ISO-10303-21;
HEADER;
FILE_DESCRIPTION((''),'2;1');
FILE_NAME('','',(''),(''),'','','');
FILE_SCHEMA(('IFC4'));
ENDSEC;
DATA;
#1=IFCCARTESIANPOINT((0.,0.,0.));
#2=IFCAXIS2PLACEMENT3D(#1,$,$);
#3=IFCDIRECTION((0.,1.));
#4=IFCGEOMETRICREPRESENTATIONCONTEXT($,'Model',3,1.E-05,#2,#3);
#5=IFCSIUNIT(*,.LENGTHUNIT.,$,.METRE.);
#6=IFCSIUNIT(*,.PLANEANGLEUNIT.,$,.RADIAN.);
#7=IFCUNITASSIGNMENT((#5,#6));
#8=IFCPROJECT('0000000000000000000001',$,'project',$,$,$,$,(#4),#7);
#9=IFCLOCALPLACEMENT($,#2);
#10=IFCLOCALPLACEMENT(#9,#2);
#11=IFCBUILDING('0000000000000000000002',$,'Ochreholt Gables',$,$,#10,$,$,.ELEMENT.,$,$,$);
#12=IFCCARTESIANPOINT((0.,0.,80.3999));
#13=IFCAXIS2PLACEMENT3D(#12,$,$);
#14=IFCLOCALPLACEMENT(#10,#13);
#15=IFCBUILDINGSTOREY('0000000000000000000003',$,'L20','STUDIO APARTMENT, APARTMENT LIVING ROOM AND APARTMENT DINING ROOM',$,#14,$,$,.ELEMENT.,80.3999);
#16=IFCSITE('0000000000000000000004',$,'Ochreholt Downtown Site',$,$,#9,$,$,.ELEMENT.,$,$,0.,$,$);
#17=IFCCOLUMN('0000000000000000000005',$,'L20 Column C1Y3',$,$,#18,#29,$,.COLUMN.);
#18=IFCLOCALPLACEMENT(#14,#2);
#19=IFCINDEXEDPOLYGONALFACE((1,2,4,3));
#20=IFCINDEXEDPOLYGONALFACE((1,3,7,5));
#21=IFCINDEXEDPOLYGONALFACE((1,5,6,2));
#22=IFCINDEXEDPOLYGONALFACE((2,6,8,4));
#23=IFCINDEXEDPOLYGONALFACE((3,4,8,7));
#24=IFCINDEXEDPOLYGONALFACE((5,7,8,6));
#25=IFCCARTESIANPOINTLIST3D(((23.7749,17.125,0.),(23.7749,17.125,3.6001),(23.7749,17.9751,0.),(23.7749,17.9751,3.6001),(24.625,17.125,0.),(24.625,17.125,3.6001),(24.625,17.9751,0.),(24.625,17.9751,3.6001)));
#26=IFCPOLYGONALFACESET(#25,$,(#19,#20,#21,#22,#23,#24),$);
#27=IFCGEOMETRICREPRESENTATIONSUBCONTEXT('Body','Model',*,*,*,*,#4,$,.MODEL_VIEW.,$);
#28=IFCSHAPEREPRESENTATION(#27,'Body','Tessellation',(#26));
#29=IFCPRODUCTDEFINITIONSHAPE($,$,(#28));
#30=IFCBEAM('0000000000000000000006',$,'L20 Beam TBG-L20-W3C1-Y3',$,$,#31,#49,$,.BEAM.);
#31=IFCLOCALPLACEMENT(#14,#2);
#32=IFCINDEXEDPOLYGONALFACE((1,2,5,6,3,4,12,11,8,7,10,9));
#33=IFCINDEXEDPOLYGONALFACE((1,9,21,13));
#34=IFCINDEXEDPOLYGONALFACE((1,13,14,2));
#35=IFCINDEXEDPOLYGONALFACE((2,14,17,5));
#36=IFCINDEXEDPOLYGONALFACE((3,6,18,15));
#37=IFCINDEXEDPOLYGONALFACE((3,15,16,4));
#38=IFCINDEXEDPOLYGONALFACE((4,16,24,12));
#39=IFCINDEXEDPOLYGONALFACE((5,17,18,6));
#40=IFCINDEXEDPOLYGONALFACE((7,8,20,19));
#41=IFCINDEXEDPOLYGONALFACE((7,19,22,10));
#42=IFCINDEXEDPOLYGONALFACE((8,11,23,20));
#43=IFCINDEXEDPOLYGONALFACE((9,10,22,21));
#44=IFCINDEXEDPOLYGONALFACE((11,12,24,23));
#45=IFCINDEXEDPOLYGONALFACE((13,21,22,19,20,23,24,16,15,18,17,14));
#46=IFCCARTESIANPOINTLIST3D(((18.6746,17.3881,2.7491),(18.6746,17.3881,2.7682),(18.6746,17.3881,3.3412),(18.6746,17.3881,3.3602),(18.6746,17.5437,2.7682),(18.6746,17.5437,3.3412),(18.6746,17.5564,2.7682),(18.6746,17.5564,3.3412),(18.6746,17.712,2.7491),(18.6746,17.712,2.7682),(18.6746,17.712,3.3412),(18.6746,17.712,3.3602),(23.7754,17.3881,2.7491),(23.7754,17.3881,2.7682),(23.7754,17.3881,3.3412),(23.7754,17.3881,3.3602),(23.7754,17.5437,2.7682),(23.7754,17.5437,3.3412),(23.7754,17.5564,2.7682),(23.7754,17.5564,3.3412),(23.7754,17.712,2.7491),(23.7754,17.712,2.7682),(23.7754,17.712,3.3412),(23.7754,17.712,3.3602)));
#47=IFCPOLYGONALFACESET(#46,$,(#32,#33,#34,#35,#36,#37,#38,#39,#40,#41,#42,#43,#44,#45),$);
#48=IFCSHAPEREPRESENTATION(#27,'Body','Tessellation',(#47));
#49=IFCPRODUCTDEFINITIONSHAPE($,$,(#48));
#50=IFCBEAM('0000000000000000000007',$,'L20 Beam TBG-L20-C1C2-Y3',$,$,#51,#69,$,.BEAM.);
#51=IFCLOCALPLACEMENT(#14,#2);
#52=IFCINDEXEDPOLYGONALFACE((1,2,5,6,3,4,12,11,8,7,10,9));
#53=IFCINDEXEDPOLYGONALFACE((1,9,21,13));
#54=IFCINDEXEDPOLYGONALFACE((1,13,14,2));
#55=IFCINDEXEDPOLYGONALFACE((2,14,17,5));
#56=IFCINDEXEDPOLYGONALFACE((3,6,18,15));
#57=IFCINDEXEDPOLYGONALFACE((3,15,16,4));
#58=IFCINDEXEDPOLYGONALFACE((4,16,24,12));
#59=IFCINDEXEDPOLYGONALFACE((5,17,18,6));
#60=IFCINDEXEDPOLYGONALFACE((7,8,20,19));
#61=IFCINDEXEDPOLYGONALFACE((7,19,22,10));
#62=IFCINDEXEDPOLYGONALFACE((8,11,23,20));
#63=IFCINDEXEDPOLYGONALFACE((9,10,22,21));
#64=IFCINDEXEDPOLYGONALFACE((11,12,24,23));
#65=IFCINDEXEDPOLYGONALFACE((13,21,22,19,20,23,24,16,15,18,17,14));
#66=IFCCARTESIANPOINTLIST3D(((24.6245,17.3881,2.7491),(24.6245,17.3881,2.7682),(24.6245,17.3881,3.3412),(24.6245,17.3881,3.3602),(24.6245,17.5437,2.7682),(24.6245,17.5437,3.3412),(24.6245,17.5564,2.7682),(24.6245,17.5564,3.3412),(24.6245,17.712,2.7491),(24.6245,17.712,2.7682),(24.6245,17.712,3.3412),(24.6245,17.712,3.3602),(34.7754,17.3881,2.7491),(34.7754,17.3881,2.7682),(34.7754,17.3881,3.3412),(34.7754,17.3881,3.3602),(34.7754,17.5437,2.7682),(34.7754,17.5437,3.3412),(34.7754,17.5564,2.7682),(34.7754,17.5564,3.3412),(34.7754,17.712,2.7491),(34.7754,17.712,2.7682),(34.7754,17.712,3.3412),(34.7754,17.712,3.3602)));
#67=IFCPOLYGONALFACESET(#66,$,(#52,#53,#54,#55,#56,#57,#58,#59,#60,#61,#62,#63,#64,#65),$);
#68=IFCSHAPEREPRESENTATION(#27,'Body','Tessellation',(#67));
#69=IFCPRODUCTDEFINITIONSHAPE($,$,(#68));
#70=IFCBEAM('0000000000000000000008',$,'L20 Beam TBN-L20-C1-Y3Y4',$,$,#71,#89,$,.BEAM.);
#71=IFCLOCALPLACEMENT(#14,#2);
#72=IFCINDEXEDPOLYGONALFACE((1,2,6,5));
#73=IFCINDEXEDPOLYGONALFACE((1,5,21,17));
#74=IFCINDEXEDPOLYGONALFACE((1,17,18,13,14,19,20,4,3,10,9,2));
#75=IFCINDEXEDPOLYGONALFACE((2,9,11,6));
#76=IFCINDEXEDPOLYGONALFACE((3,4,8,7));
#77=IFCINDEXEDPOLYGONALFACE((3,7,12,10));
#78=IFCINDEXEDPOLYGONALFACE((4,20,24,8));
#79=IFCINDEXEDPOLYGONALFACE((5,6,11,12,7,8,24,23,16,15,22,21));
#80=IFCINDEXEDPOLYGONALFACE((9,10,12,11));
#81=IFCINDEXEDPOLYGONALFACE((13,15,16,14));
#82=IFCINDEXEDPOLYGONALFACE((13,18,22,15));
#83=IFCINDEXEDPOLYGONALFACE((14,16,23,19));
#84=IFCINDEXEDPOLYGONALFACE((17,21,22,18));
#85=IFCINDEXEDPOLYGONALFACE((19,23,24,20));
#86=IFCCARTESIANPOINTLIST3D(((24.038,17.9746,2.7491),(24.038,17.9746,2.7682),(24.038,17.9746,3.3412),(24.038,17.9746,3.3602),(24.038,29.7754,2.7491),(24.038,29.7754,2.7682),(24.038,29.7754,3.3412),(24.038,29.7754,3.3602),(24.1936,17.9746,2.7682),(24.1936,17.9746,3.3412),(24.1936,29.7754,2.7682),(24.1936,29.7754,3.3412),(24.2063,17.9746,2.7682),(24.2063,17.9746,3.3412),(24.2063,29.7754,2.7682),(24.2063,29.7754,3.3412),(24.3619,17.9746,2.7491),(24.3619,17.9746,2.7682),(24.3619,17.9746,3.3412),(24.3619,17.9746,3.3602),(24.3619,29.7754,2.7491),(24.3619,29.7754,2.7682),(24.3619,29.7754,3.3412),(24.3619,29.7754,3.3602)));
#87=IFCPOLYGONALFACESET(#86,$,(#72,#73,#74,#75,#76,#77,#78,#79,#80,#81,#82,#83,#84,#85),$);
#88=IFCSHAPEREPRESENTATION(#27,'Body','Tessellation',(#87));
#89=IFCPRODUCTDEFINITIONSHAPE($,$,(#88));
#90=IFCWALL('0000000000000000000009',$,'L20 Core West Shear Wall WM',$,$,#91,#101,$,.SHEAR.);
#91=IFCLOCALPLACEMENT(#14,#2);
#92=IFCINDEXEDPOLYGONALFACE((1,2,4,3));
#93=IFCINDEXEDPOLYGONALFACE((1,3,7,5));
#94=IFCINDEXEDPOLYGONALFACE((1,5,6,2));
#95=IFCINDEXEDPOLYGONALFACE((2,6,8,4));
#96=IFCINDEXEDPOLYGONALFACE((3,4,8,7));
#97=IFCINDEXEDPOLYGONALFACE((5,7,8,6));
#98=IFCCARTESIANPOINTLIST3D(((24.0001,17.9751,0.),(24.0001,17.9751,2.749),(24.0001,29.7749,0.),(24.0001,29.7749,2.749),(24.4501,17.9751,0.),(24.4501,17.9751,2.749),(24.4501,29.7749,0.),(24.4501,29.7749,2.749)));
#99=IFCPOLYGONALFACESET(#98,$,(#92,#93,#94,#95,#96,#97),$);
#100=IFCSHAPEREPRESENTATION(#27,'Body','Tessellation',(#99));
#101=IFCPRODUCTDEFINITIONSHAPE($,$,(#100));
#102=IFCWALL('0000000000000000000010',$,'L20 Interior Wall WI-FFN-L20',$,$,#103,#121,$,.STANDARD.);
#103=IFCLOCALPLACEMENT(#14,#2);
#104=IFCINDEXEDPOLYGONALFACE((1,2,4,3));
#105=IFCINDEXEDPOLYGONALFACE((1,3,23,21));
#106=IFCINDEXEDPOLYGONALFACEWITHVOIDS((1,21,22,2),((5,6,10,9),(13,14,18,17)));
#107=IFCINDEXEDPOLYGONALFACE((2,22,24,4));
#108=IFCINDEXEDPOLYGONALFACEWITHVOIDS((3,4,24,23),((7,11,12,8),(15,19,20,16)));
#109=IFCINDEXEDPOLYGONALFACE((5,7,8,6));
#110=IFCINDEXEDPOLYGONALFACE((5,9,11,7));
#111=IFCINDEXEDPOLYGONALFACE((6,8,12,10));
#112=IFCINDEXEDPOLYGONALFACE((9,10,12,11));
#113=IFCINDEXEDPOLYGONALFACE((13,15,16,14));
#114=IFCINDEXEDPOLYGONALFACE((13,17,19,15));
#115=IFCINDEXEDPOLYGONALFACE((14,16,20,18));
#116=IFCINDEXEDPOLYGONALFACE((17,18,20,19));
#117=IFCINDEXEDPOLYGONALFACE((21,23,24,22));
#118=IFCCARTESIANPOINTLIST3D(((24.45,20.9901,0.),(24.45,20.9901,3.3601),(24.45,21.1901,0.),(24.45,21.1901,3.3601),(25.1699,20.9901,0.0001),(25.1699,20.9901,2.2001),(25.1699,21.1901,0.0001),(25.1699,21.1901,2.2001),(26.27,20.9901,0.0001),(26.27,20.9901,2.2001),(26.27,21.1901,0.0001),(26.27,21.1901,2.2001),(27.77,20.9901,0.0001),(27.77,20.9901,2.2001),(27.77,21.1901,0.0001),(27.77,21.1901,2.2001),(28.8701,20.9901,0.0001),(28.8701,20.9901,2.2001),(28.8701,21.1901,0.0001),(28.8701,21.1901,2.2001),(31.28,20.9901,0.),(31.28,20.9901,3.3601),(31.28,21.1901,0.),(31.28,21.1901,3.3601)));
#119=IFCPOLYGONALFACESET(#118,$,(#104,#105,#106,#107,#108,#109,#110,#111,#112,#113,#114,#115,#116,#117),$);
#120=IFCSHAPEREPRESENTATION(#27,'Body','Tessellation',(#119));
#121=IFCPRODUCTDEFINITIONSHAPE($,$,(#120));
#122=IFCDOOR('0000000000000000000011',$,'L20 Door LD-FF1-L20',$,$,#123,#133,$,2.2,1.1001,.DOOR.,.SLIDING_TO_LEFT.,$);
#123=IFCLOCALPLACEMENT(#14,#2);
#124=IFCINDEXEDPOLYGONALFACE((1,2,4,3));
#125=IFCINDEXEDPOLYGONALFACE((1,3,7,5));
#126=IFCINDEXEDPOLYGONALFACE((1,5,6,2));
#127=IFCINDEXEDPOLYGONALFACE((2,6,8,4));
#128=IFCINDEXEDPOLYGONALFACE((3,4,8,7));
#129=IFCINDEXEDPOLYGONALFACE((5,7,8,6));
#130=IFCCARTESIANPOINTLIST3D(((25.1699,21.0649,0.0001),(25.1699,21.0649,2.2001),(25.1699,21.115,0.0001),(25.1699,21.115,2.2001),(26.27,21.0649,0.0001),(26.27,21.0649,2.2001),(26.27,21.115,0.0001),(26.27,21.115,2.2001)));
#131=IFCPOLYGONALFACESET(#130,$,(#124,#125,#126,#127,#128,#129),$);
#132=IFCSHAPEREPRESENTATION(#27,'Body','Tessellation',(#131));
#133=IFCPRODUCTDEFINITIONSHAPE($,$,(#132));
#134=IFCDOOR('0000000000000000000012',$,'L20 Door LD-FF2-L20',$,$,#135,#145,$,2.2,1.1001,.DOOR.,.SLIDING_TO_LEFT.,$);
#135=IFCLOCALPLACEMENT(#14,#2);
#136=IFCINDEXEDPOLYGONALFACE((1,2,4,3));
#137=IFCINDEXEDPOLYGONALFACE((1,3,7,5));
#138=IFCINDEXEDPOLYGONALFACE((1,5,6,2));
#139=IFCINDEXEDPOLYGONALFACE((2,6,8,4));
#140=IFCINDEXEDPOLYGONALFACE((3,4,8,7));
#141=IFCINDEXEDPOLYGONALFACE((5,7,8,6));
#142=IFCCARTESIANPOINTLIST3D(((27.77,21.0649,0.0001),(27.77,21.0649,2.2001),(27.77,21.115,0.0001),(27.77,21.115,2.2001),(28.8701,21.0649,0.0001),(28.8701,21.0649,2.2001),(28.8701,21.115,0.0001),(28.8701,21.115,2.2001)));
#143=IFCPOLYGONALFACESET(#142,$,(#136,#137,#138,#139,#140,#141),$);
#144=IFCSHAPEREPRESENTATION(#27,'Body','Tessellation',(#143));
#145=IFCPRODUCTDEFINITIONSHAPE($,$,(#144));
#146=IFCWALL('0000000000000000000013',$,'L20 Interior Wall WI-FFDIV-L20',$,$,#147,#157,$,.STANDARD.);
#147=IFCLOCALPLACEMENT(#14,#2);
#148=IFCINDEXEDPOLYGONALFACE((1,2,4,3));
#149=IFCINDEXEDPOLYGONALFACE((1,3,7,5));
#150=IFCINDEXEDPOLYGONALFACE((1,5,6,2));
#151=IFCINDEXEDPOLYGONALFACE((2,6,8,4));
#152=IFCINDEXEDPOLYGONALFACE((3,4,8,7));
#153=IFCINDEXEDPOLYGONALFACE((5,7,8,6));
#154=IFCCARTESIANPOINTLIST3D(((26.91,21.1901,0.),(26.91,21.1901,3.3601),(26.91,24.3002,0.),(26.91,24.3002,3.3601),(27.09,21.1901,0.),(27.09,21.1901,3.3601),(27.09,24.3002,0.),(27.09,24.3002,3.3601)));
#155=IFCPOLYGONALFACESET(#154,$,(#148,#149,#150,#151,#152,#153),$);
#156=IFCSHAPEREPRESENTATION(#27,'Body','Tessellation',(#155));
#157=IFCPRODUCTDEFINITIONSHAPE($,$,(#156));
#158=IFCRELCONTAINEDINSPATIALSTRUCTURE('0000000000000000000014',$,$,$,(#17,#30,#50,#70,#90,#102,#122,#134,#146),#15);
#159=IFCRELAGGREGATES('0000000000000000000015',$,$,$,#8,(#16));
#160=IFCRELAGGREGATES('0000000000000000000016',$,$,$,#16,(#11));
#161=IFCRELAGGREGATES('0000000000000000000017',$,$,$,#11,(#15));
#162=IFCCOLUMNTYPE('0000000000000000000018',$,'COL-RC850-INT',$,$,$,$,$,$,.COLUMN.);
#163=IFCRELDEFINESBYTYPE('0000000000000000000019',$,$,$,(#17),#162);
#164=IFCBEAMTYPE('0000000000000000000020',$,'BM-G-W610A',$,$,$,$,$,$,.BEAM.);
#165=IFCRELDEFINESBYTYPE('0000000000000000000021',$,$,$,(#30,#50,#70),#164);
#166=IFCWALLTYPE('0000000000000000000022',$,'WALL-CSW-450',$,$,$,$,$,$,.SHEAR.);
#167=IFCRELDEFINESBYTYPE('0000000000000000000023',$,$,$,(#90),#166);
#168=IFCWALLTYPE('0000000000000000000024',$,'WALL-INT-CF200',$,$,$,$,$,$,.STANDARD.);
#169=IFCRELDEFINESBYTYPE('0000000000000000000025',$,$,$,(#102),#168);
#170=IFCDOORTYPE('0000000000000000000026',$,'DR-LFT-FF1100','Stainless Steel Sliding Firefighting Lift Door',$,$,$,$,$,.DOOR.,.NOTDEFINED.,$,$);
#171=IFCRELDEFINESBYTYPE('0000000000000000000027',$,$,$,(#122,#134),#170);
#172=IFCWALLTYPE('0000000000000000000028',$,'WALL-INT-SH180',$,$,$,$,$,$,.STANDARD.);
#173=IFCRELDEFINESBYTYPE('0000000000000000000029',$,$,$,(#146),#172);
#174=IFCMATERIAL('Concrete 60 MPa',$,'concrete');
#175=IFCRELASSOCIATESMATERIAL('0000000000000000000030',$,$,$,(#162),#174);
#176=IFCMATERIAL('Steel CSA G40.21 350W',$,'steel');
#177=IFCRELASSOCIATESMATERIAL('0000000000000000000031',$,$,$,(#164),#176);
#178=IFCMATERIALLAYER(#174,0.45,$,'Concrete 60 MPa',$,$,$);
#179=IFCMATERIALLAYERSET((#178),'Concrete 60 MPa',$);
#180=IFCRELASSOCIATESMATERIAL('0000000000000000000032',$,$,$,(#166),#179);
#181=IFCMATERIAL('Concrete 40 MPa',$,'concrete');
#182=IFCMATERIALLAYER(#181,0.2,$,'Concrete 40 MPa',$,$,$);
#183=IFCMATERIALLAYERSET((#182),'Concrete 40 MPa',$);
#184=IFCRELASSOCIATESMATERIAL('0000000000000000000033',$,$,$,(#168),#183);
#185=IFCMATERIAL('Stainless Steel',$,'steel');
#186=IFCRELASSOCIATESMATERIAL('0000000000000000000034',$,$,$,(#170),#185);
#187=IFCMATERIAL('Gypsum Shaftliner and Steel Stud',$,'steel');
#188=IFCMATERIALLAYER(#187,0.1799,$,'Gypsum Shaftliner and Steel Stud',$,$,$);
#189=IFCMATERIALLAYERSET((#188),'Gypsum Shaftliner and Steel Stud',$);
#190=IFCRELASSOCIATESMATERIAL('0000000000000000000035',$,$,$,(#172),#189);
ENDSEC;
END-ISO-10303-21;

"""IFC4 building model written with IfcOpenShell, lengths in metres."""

from ifc_helpers import new_model, si_unit, direction, frame, frame_2d, origin, origin_2d, place, context, subcontext, project, spatial, rectangle, i_section, extrude, material, layer, layer_set, material_profile, profile_set, type_object, element, fill, save


model = new_model("IFC4")

# Units and contexts
model_context = context("Model", 3, precision=1e-05, world=origin(), true_north=direction((0.0, 1.0)))
body_context = subcontext(model_context, "Body", "Model", "MODEL_VIEW")
ifc_project = project(units=[si_unit("LENGTHUNIT", "METRE"), si_unit("PLANEANGLEUNIT", "RADIAN")], contexts=[model_context])

# Site, building, storey
site_placement = place(None, origin())
site = spatial("IfcSite", under=ifc_project, at=site_placement, Name="Ochreholt Downtown Site", CompositionType="ELEMENT", RefElevation=0.0)
building_placement = place(site_placement, origin())
building = spatial("IfcBuilding", under=site, at=building_placement, Name="Ochreholt Gables", CompositionType="ELEMENT")
storey_placement = place(building_placement, frame((0.0, 0.0, 80.3999)))
storey = spatial("IfcBuildingStorey", under=building, at=storey_placement, Name="L20", Description="STUDIO APARTMENT, APARTMENT LIVING ROOM AND APARTMENT DINING ROOM", CompositionType="ELEMENT", Elevation=80.3999)

# Column
ifc_material_1 = material(Name="Concrete 60 MPa", Category="concrete")
ifc_material_profile_1 = material_profile(ifc_material_1, rectangle(XDim=0.8501, YDim=0.8501, at=origin_2d()), Name="RC850X850")
ifc_profile_set_1 = profile_set([ifc_material_profile_1], Name="Concrete 60 MPa")
column_type = type_object("IfcColumnType", Name="COL-RC850-INT", PredefinedType="COLUMN", material=ifc_profile_set_1)
column_placement = place(storey_placement, frame((24.2, 17.55, 0.0), z_axis=(0.0, 0.0, 1.0), x_axis=(1.0, 0.0, 0.0)))
element("IfcColumn", 1, at=column_placement, inside=storey, type_object=column_type, Name="L20 Column C1Y3", PredefinedType="COLUMN", context=body_context, shape_type="SweptSolid", body=[
    extrude(rectangle(XDim=0.8501, YDim=0.8501, at=origin_2d()), origin(), (0.0, 0.0, 1.0), 3.6001),
])

# Beams
ifc_material_2 = material(Name="Steel CSA G40.21 350W", Category="steel")
ifc_material_profile_2 = material_profile(ifc_material_2, i_section(OverallWidth=0.324, OverallDepth=0.6111, WebThickness=0.0127, FlangeThickness=0.019, at=origin_2d()), Name="W610X155")
ifc_profile_set_2 = profile_set([ifc_material_profile_2], Name="Steel CSA G40.21 350W")
beam_type = type_object("IfcBeamType", Name="BM-G-W610A", PredefinedType="BEAM", material=ifc_profile_set_2)
beam_1_placement = place(storey_placement, frame((18.6746, 17.55, 3.0547), z_axis=(1.0, 0.0, 0.0), x_axis=(0.0, 1.0, 0.0)))
element("IfcBeam", 2, at=beam_1_placement, inside=storey, type_object=beam_type, Name="L20 Beam TBG-L20-W3C1-Y3", PredefinedType="BEAM", context=body_context, shape_type="SweptSolid", body=[
    extrude(i_section(OverallWidth=0.324, OverallDepth=0.6111, WebThickness=0.0127, FlangeThickness=0.019, at=origin_2d()), origin(), (0.0, 0.0, 1.0), 5.1008),
])
beam_2_placement = place(storey_placement, frame((24.6245, 17.55, 3.0547), z_axis=(1.0, 0.0, 0.0), x_axis=(0.0, 1.0, 0.0)))
element("IfcBeam", 3, at=beam_2_placement, inside=storey, type_object=beam_type, Name="L20 Beam TBG-L20-C1C2-Y3", PredefinedType="BEAM", context=body_context, shape_type="SweptSolid", body=[
    extrude(i_section(OverallWidth=0.324, OverallDepth=0.6111, WebThickness=0.0127, FlangeThickness=0.019, at=origin_2d()), origin(), (0.0, 0.0, 1.0), 10.1509),
])
beam_3_placement = place(storey_placement, frame((24.2, 17.9746, 3.0547), z_axis=(0.0, 1.0, 0.0), x_axis=(-1.0, 0.0, 0.0)))
element("IfcBeam", 4, at=beam_3_placement, inside=storey, type_object=beam_type, Name="L20 Beam TBN-L20-C1-Y3Y4", PredefinedType="BEAM", context=body_context, shape_type="SweptSolid", body=[
    extrude(i_section(OverallWidth=0.324, OverallDepth=0.6111, WebThickness=0.0127, FlangeThickness=0.019, at=origin_2d()), origin(), (0.0, 0.0, 1.0), 11.8008),
])

# Wall
ifc_layer_1 = layer(ifc_material_1, 0.45, Name="Concrete 60 MPa")
ifc_layer_set_1 = layer_set([ifc_layer_1], Name="Concrete 60 MPa")
wall_type_1 = type_object("IfcWallType", Name="WALL-CSW-450", PredefinedType="SHEAR", material=ifc_layer_set_1)
wall_1_placement = place(storey_placement, frame((24.2251, 17.9751, 0.0), z_axis=(0.0, 0.0, 1.0), x_axis=(0.0, 1.0, 0.0)))
element("IfcWall", 5, at=wall_1_placement, inside=storey, type_object=wall_type_1, Name="L20 Core West Shear Wall WM", PredefinedType="SHEAR", context=body_context, shape_type="SweptSolid", body=[
    extrude(rectangle(XDim=11.7998, YDim=0.45, at=frame_2d((5.8999, 0.0))), origin(), (0.0, 0.0, 1.0), 2.749),
])

# Wall, openings, doors
ifc_material_3 = material(Name="Concrete 40 MPa", Category="concrete")
ifc_layer_2 = layer(ifc_material_3, 0.2, Name="Concrete 40 MPa")
ifc_layer_set_2 = layer_set([ifc_layer_2], Name="Concrete 40 MPa")
wall_type_2 = type_object("IfcWallType", Name="WALL-INT-CF200", PredefinedType="STANDARD", material=ifc_layer_set_2)
wall_2_placement = place(storey_placement, frame((24.45, 21.0901, 0.0), z_axis=(0.0, 0.0, 1.0), x_axis=(1.0, 0.0, 0.0)))
wall_2 = element("IfcWall", 6, at=wall_2_placement, inside=storey, type_object=wall_type_2, Name="L20 Interior Wall WI-FFN-L20", PredefinedType="STANDARD", context=body_context, shape_type="SweptSolid", body=[
    extrude(rectangle(XDim=6.8301, YDim=0.2, at=frame_2d((3.415, 0.0))), origin(), (0.0, 0.0, 1.0), 3.3601),
])
opening_1_placement = place(wall_2_placement, frame((0.72, 0.0, 0.0)))
opening_1 = element("IfcOpeningElement", 7, at=opening_1_placement, cuts=wall_2, PredefinedType="OPENING", context=body_context, shape_type="SweptSolid", body=[
    extrude(rectangle(XDim=1.1001, YDim=2.2, at=frame_2d((0.55, 1.1001))), frame((0.0, 0.1099, 0.0), z_axis=(0.0, -1.0, 0.0), x_axis=(1.0, 0.0, 0.0)), (0.0, 0.0, 1.0), 0.22),
])
opening_2_placement = place(wall_2_placement, frame((3.3201, 0.0, 0.0)))
opening_2 = element("IfcOpeningElement", 8, at=opening_2_placement, cuts=wall_2, PredefinedType="OPENING", context=body_context, shape_type="SweptSolid", body=[
    extrude(rectangle(XDim=1.1001, YDim=2.2, at=frame_2d((0.55, 1.1001))), frame((0.0, 0.1099, 0.0), z_axis=(0.0, -1.0, 0.0), x_axis=(1.0, 0.0, 0.0)), (0.0, 0.0, 1.0), 0.22),
])
ifc_material_4 = material(Name="Stainless Steel", Category="steel")
door_type_1 = type_object("IfcDoorType", Name="DR-LFT-FF1100", Description="Stainless Steel Sliding Firefighting Lift Door", OperationType="NOTDEFINED", PredefinedType="DOOR", material=ifc_material_4)
door_1_placement = place(opening_1_placement, origin())
door_1 = element("IfcDoor", 9, at=door_1_placement, inside=storey, type_object=door_type_1, Name="L20 Door LD-FF1-L20", OperationType="SLIDING_TO_LEFT", OverallHeight=2.2, OverallWidth=1.1001, PredefinedType="DOOR", context=body_context, shape_type="SweptSolid", body=[
    extrude(rectangle(XDim=1.1001, YDim=2.2, at=frame_2d((0.55, 1.1001))), frame((0.0, 0.0249, 0.0), z_axis=(0.0, -1.0, 0.0), x_axis=(1.0, 0.0, 0.0)), (0.0, 0.0, 1.0), 0.05),
])
fill(opening_1, door_1)
door_2_placement = place(opening_2_placement, origin())
door_2 = element("IfcDoor", 10, at=door_2_placement, inside=storey, type_object=door_type_1, Name="L20 Door LD-FF2-L20", OperationType="SLIDING_TO_LEFT", OverallHeight=2.2, OverallWidth=1.1001, PredefinedType="DOOR", context=body_context, shape_type="SweptSolid", body=[
    extrude(rectangle(XDim=1.1001, YDim=2.2, at=frame_2d((0.55, 1.1001))), frame((0.0, 0.0249, 0.0), z_axis=(0.0, -1.0, 0.0), x_axis=(1.0, 0.0, 0.0)), (0.0, 0.0, 1.0), 0.05),
])
fill(opening_2, door_2)

# Wall
ifc_material_5 = material(Name="Gypsum Shaftliner and Steel Stud", Category="steel")
ifc_layer_3 = layer(ifc_material_5, 0.1799, Name="Gypsum Shaftliner and Steel Stud")
ifc_layer_set_3 = layer_set([ifc_layer_3], Name="Gypsum Shaftliner and Steel Stud")
wall_type_3 = type_object("IfcWallType", Name="WALL-INT-SH180", PredefinedType="STANDARD", material=ifc_layer_set_3)
wall_3_placement = place(storey_placement, frame((27.0, 21.1899, 0.0), z_axis=(0.0, 0.0, 1.0), x_axis=(0.0, 1.0, 0.0)))
element("IfcWall", 11, at=wall_3_placement, inside=storey, type_object=wall_type_3, Name="L20 Interior Wall WI-FFDIV-L20", PredefinedType="STANDARD", context=body_context, shape_type="SweptSolid", body=[
    extrude(rectangle(XDim=3.1101, YDim=0.1799, at=frame_2d((1.5552, 0.0))), origin(), (0.0, 0.0, 1.0), 3.3601),
])

save(model, "model.ifc")
